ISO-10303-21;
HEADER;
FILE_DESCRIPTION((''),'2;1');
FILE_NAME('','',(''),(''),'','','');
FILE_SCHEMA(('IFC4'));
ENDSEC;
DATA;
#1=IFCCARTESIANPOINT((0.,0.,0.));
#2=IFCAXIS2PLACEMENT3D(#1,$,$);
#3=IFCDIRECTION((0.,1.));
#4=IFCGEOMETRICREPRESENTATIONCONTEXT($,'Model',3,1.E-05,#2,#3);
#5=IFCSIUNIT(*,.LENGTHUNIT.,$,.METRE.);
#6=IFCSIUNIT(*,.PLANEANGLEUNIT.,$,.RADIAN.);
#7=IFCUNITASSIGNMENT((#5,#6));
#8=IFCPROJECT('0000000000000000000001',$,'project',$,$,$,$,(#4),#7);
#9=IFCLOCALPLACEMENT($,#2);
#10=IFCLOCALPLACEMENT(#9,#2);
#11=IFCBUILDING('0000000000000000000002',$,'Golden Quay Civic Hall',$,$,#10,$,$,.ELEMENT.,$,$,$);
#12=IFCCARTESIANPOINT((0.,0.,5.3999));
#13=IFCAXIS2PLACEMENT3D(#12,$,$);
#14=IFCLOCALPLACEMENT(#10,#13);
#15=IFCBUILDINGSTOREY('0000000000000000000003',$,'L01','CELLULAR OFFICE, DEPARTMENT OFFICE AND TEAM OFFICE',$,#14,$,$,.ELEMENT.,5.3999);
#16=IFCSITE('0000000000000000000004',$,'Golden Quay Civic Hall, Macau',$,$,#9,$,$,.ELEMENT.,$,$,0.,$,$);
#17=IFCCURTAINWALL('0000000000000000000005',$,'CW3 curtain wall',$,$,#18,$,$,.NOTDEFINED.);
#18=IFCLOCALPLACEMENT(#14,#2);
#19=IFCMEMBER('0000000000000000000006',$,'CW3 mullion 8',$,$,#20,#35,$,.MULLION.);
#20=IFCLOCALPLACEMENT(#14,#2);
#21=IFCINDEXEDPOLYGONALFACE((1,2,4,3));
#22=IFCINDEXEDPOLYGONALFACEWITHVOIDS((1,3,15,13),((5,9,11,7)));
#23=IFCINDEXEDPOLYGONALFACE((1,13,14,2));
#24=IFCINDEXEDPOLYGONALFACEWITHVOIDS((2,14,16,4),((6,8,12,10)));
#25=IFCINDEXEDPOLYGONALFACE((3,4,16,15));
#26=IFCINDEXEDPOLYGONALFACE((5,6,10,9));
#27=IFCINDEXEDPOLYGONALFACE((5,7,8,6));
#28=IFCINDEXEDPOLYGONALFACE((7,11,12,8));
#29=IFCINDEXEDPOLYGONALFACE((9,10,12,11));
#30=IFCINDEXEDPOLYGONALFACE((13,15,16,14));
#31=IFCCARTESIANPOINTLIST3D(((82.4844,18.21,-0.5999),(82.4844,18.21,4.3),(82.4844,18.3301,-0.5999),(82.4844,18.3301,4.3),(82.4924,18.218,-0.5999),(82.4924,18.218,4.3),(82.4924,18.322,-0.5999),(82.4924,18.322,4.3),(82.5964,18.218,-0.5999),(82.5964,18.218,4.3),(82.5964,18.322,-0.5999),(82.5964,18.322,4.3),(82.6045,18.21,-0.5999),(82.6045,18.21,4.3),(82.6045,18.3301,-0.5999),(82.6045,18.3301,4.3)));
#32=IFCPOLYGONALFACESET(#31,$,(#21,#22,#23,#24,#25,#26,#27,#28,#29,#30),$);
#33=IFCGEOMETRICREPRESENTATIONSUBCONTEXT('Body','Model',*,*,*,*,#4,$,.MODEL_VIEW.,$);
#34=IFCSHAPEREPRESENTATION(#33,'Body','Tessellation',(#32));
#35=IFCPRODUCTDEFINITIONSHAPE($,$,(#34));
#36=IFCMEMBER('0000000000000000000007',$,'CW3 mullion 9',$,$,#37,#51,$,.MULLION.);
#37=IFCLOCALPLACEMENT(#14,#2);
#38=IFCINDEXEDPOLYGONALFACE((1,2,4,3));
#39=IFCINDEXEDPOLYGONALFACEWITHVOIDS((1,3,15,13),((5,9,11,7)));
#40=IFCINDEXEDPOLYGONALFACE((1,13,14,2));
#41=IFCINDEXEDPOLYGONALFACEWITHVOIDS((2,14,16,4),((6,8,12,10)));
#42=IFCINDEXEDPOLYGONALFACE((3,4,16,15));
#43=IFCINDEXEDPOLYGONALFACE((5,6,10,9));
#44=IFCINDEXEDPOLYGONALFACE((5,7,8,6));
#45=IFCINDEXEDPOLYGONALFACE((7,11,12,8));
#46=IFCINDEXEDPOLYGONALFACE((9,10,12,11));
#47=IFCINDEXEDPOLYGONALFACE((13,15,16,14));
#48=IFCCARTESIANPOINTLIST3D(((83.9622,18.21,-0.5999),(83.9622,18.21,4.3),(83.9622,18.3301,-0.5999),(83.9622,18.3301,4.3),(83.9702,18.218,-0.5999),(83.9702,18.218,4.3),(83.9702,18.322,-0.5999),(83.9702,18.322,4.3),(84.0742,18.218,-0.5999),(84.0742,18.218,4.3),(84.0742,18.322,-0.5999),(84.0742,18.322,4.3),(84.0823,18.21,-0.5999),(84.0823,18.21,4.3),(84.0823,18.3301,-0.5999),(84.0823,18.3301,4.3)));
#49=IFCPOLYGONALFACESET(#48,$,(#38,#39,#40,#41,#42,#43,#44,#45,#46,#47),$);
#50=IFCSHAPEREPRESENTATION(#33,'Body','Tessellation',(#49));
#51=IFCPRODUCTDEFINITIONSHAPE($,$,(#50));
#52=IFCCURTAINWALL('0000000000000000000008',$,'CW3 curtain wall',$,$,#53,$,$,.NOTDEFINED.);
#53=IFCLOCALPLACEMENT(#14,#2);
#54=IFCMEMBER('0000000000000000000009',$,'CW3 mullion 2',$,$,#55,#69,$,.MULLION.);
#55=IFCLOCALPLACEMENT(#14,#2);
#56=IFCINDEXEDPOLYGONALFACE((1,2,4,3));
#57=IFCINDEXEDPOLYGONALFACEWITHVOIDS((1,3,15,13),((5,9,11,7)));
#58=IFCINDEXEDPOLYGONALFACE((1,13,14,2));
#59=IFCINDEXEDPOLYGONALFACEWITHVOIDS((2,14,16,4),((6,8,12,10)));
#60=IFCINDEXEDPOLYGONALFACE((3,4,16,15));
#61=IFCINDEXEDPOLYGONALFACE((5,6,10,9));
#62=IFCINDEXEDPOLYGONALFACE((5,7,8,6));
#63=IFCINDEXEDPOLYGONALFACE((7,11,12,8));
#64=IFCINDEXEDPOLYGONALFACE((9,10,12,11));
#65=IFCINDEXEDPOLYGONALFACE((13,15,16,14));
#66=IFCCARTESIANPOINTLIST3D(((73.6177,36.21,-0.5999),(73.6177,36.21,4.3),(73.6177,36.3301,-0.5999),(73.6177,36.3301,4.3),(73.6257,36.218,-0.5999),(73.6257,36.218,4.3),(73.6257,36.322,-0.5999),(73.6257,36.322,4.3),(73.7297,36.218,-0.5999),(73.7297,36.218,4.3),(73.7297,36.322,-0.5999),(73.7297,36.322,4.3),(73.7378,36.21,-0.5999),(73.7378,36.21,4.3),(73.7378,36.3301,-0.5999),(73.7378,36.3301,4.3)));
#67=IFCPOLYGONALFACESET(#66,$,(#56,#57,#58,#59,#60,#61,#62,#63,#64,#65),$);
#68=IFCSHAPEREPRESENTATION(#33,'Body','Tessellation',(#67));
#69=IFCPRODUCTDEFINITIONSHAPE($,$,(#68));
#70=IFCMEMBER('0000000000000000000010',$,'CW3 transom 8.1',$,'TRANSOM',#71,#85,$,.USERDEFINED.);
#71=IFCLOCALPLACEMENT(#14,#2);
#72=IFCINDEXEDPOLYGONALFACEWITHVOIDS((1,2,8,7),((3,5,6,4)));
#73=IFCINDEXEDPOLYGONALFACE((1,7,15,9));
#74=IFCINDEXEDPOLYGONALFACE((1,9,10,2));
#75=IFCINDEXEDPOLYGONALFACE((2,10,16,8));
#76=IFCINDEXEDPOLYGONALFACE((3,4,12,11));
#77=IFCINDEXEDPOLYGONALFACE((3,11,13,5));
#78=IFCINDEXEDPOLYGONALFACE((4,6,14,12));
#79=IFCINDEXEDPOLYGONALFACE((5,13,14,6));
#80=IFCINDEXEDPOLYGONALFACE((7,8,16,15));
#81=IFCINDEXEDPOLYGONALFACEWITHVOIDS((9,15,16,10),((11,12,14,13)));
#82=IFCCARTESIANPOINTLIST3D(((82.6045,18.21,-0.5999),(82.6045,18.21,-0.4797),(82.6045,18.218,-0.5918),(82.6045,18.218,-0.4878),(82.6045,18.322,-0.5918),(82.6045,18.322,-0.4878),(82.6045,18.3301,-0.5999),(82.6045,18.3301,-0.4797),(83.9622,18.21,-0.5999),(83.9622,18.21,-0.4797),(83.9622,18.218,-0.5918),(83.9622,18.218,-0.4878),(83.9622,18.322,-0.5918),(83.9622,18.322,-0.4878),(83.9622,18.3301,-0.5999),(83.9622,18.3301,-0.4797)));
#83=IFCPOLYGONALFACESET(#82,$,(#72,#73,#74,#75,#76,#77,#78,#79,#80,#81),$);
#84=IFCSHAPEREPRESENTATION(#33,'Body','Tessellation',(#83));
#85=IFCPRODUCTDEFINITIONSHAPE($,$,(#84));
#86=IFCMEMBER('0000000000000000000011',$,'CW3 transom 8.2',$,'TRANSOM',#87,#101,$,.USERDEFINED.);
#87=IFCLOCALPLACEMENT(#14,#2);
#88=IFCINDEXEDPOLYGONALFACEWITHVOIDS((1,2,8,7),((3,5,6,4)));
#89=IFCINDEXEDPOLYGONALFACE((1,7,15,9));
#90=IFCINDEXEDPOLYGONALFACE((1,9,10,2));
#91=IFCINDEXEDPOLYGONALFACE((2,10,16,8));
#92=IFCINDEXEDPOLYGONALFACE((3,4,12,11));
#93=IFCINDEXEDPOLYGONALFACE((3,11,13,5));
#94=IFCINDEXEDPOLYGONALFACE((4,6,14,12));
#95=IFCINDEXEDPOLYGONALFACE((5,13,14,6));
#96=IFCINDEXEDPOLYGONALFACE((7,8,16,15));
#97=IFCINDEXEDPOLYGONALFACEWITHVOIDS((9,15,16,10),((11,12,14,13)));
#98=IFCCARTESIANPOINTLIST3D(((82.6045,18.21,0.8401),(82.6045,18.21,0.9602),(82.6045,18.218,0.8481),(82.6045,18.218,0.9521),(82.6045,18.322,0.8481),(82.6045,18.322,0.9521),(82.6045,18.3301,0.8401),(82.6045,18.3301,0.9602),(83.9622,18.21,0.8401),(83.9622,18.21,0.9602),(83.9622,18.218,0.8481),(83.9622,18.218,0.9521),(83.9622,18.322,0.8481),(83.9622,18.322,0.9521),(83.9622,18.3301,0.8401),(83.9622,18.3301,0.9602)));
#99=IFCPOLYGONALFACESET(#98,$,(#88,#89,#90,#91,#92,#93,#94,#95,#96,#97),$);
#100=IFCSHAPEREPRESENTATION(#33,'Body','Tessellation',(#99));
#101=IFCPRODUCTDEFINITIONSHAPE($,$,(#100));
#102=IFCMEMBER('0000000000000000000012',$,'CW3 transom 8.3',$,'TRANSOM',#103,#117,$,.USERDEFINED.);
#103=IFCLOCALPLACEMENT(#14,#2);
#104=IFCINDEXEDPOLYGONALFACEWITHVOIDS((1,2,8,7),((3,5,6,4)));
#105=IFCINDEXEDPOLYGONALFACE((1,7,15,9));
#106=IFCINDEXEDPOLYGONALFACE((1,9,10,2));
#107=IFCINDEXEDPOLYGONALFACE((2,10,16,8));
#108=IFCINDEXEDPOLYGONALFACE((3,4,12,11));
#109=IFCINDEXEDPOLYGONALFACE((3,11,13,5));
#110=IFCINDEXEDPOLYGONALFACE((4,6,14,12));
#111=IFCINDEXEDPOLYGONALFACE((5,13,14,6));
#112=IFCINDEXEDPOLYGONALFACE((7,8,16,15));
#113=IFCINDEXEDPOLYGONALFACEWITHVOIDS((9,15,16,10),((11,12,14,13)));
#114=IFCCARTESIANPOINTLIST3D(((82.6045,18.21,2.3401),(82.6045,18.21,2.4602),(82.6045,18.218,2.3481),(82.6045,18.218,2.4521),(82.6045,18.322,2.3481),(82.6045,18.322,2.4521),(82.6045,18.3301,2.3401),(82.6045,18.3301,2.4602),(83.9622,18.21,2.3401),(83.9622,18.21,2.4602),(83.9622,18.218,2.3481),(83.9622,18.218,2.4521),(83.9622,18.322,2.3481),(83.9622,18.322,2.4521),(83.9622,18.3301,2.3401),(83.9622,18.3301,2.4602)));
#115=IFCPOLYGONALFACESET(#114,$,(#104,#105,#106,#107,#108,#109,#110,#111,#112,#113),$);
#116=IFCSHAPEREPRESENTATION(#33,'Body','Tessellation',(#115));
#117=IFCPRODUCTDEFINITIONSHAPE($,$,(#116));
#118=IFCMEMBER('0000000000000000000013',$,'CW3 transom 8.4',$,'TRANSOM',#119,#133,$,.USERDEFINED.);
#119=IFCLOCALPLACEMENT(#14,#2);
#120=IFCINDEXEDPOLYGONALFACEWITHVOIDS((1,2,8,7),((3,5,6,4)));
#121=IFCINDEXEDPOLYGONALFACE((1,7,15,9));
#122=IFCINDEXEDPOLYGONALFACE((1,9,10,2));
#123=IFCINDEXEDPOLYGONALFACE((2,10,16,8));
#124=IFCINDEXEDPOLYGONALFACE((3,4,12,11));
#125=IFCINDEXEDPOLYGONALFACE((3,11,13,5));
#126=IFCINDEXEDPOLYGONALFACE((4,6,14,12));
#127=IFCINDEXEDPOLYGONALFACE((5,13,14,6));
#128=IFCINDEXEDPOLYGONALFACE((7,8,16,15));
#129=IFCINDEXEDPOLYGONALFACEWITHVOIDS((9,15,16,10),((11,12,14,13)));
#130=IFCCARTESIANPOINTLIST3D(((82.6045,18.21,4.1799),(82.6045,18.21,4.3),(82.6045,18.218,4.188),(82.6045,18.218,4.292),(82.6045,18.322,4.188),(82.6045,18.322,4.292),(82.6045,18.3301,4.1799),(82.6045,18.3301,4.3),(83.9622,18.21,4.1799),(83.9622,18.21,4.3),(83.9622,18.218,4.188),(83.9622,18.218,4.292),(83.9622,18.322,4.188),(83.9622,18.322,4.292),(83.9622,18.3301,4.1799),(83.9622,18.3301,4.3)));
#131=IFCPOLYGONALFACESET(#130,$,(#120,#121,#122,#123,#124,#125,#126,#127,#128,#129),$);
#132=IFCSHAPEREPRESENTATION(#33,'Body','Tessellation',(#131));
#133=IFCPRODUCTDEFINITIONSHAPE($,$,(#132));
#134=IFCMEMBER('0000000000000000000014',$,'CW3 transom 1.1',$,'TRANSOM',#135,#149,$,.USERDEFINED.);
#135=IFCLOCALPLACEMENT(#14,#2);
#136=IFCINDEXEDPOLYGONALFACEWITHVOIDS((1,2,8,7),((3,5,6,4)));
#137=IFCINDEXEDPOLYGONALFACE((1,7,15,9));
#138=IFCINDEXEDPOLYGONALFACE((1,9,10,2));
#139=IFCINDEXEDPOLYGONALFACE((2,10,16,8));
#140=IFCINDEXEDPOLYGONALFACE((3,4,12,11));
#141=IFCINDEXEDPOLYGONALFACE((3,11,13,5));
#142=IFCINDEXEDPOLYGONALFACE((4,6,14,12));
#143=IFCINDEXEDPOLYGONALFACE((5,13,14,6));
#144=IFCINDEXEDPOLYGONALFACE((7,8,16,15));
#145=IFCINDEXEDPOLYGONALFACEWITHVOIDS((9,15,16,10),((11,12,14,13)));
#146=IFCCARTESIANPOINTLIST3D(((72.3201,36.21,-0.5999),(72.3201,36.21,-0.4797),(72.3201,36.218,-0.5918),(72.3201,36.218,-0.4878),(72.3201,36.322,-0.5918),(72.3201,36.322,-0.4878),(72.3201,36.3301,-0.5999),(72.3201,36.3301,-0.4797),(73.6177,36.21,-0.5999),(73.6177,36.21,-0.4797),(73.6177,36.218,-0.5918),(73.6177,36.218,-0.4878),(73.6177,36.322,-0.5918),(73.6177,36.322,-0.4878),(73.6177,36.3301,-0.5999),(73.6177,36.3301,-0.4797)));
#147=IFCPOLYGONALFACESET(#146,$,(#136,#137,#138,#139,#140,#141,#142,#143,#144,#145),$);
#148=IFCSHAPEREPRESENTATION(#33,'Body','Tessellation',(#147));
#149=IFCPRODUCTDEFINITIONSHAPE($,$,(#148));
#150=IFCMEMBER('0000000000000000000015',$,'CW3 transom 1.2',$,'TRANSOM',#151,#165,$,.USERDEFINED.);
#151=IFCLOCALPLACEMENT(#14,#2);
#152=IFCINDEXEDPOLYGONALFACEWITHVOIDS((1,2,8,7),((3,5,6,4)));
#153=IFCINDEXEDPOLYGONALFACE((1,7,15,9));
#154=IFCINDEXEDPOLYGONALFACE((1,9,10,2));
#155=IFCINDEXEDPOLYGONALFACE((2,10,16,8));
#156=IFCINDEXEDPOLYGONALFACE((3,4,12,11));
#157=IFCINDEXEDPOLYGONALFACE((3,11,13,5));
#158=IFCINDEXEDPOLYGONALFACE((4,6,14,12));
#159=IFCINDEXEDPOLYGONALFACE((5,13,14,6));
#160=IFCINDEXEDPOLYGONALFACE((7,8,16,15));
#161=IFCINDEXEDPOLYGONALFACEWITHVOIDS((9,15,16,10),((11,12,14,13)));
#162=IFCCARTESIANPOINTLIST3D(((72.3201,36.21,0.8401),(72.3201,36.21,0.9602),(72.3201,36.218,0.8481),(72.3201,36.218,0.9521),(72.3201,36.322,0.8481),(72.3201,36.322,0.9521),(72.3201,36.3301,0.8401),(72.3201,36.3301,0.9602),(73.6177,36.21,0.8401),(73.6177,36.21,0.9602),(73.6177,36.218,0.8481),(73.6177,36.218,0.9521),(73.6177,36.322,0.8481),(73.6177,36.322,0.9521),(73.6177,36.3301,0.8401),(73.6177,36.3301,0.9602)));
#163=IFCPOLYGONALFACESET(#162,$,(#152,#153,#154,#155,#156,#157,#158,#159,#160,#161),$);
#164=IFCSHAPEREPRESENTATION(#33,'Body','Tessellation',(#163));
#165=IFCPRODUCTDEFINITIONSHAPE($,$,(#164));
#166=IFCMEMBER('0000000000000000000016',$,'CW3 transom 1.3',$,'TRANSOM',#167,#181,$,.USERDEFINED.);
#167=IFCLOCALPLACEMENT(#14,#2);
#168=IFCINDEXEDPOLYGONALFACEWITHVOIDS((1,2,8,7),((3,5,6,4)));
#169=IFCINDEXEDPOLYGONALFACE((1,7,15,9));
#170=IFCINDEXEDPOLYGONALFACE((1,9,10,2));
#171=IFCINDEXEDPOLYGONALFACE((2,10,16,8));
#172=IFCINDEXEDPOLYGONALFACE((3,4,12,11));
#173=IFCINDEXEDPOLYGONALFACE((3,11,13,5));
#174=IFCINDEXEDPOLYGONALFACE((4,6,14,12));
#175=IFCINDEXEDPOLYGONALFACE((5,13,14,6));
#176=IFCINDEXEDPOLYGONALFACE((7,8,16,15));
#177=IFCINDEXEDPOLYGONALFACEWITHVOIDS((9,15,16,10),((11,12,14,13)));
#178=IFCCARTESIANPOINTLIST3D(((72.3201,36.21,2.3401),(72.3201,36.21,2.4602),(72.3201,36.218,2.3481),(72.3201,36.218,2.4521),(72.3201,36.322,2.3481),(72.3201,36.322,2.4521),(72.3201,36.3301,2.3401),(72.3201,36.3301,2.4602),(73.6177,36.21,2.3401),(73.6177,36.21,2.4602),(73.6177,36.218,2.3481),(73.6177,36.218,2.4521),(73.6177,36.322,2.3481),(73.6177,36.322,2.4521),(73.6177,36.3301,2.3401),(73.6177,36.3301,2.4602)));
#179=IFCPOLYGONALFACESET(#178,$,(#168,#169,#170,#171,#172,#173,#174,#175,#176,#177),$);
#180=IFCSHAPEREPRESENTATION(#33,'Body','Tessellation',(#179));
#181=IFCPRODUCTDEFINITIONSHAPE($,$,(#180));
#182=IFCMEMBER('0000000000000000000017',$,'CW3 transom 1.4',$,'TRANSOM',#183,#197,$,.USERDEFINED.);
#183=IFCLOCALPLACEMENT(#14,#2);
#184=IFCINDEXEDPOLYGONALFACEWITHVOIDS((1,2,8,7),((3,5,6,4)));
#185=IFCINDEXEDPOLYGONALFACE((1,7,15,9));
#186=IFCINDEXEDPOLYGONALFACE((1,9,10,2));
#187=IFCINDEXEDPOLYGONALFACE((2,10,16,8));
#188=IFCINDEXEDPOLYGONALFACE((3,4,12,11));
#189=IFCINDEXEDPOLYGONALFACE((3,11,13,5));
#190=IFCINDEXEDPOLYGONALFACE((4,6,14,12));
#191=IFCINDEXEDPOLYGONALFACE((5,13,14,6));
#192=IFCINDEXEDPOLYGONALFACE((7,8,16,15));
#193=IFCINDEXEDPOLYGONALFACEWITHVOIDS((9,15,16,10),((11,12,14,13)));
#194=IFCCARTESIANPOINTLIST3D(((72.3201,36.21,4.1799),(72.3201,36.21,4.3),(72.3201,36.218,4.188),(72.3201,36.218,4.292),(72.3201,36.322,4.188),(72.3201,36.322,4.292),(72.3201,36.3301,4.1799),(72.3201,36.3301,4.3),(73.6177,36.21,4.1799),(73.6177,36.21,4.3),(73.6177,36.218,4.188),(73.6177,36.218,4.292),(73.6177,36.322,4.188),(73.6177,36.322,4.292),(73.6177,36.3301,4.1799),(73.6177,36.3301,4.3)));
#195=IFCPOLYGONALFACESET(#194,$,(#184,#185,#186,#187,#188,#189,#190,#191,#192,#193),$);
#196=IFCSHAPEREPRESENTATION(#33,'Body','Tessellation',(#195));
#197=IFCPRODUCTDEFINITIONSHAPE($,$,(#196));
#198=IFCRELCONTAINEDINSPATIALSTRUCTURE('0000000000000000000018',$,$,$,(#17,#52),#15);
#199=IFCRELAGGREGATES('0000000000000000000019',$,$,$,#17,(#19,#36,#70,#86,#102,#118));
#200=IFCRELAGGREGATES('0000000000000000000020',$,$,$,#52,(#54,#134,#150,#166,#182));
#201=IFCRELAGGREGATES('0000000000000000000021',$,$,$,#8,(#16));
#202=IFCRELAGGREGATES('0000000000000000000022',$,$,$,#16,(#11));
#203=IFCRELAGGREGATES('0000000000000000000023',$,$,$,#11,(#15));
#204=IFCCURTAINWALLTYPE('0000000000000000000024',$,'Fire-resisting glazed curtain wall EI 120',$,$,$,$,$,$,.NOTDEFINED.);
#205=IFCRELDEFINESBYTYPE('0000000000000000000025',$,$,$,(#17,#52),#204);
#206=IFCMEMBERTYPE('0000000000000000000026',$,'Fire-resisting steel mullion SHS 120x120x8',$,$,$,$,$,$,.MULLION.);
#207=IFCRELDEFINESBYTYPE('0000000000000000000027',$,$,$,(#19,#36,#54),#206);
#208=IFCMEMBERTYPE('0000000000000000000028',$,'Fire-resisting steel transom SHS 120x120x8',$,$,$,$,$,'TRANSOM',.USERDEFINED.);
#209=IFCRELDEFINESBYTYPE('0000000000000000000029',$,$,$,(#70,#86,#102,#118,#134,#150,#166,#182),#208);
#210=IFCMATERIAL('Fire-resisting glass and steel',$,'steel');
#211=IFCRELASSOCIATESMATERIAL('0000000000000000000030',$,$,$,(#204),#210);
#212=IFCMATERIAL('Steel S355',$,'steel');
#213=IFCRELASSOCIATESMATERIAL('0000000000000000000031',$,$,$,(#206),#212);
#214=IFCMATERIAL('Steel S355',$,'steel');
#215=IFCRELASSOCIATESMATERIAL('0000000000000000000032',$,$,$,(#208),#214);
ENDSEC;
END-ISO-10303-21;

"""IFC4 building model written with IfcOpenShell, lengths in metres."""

from ifc_helpers import new_model, si_unit, direction, frame, origin, origin_2d, place, context, subcontext, project, spatial, hollow_rectangle, extrude, material, material_profile, profile_set, type_object, element, aggregate, save


model = new_model("IFC4")

# Units and contexts
model_context = context("Model", 3, precision=1e-05, world=origin(), true_north=direction((0.0, 1.0)))
body_context = subcontext(model_context, "Body", "Model", "MODEL_VIEW")
ifc_project = project(units=[si_unit("LENGTHUNIT", "METRE"), si_unit("PLANEANGLEUNIT", "RADIAN")], contexts=[model_context])

# Site, building, storey
site_placement = place(None, origin())
site = spatial("IfcSite", under=ifc_project, at=site_placement, Name="Golden Quay Civic Hall, Macau", CompositionType="ELEMENT", RefElevation=0.0)
building_placement = place(site_placement, origin())
building = spatial("IfcBuilding", under=site, at=building_placement, Name="Golden Quay Civic Hall", CompositionType="ELEMENT")
storey_placement = place(building_placement, frame((0.0, 0.0, 5.3999)))
storey = spatial("IfcBuildingStorey", under=building, at=storey_placement, Name="L01", Description="CELLULAR OFFICE, DEPARTMENT OFFICE AND TEAM OFFICE", CompositionType="ELEMENT", Elevation=5.3999)

# Curtain wall, members
ifc_material_1 = material(Name="Fire-resisting glass and steel", Category="steel")
curtain_wall_type = type_object("IfcCurtainWallType", Name="Fire-resisting glazed curtain wall EI 120", PredefinedType="NOTDEFINED", material=ifc_material_1)
curtain_wall_1_placement = place(storey_placement, origin())
curtain_wall_1 = element("IfcCurtainWall", 1, at=curtain_wall_1_placement, inside=storey, type_object=curtain_wall_type, Name="CW3 curtain wall", PredefinedType="NOTDEFINED")
ifc_material_2 = material(Name="Steel S355", Category="steel")
ifc_material_profile_1 = material_profile(ifc_material_2, hollow_rectangle(XDim=0.1201, YDim=0.1201, WallThickness=0.0081, at=origin_2d()), Name="SHS 120x120x8")
ifc_profile_set_1 = profile_set([ifc_material_profile_1], Name="Steel S355")
member_type_1 = type_object("IfcMemberType", Name="Fire-resisting steel mullion SHS 120x120x8", PredefinedType="MULLION", material=ifc_profile_set_1)
member_1_placement = place(storey_placement, frame((82.5444, 18.27, -0.5999), z_axis=(0.0, 0.0, 1.0), x_axis=(0.0, 1.0, 0.0)))
member_1 = element("IfcMember", 2, at=member_1_placement, type_object=member_type_1, Name="CW3 mullion 8", PredefinedType="MULLION", context=body_context, shape_type="SweptSolid", body=[
    extrude(hollow_rectangle(XDim=0.1201, YDim=0.1201, WallThickness=0.0081, at=origin_2d()), origin(), (0.0, 0.0, 1.0), 4.8999),
])
member_2_placement = place(storey_placement, frame((84.0222, 18.27, -0.5999), z_axis=(0.0, 0.0, 1.0), x_axis=(0.0, 1.0, 0.0)))
member_2 = element("IfcMember", 3, at=member_2_placement, type_object=member_type_1, Name="CW3 mullion 9", PredefinedType="MULLION", context=body_context, shape_type="SweptSolid", body=[
    extrude(hollow_rectangle(XDim=0.1201, YDim=0.1201, WallThickness=0.0081, at=origin_2d()), origin(), (0.0, 0.0, 1.0), 4.8999),
])

# Curtain wall, member
curtain_wall_2_placement = place(storey_placement, origin())
curtain_wall_2 = element("IfcCurtainWall", 4, at=curtain_wall_2_placement, inside=storey, type_object=curtain_wall_type, Name="CW3 curtain wall", PredefinedType="NOTDEFINED")
member_3_placement = place(storey_placement, frame((73.6777, 36.27, -0.5999), z_axis=(0.0, 0.0, 1.0), x_axis=(0.0, 1.0, 0.0)))
member_3 = element("IfcMember", 5, at=member_3_placement, type_object=member_type_1, Name="CW3 mullion 2", PredefinedType="MULLION", context=body_context, shape_type="SweptSolid", body=[
    extrude(hollow_rectangle(XDim=0.1201, YDim=0.1201, WallThickness=0.0081, at=origin_2d()), origin(), (0.0, 0.0, 1.0), 4.8999),
])

# Members
ifc_material_3 = material(Name="Steel S355", Category="steel")
ifc_material_profile_2 = material_profile(ifc_material_3, hollow_rectangle(XDim=0.1201, YDim=0.1201, WallThickness=0.0081, at=origin_2d()), Name="SHS 120x120x8")
ifc_profile_set_2 = profile_set([ifc_material_profile_2], Name="Steel S355")
member_type_2 = type_object("IfcMemberType", Name="Fire-resisting steel transom SHS 120x120x8", ElementType="TRANSOM", PredefinedType="USERDEFINED", material=ifc_profile_set_2)
member_4_placement = place(storey_placement, frame((82.6045, 18.27, -0.5398), z_axis=(1.0, 0.0, 0.0), x_axis=(0.0, 1.0, 0.0)))
member_4 = element("IfcMember", 6, at=member_4_placement, type_object=member_type_2, Name="CW3 transom 8.1", ObjectType="TRANSOM", PredefinedType="USERDEFINED", context=body_context, shape_type="SweptSolid", body=[
    extrude(hollow_rectangle(XDim=0.1201, YDim=0.1201, WallThickness=0.0081, at=origin_2d()), origin(), (0.0, 0.0, 1.0), 1.3577),
])
member_5_placement = place(storey_placement, frame((82.6045, 18.27, 0.9001), z_axis=(1.0, 0.0, 0.0), x_axis=(0.0, 1.0, 0.0)))
member_5 = element("IfcMember", 7, at=member_5_placement, type_object=member_type_2, Name="CW3 transom 8.2", ObjectType="TRANSOM", PredefinedType="USERDEFINED", context=body_context, shape_type="SweptSolid", body=[
    extrude(hollow_rectangle(XDim=0.1201, YDim=0.1201, WallThickness=0.0081, at=origin_2d()), origin(), (0.0, 0.0, 1.0), 1.3577),
])
member_6_placement = place(storey_placement, frame((82.6045, 18.27, 2.4001), z_axis=(1.0, 0.0, 0.0), x_axis=(0.0, 1.0, 0.0)))
member_6 = element("IfcMember", 8, at=member_6_placement, type_object=member_type_2, Name="CW3 transom 8.3", ObjectType="TRANSOM", PredefinedType="USERDEFINED", context=body_context, shape_type="SweptSolid", body=[
    extrude(hollow_rectangle(XDim=0.1201, YDim=0.1201, WallThickness=0.0081, at=origin_2d()), origin(), (0.0, 0.0, 1.0), 1.3577),
])
member_7_placement = place(storey_placement, frame((82.6045, 18.27, 4.24), z_axis=(1.0, 0.0, 0.0), x_axis=(0.0, 1.0, 0.0)))
member_7 = element("IfcMember", 9, at=member_7_placement, type_object=member_type_2, Name="CW3 transom 8.4", ObjectType="TRANSOM", PredefinedType="USERDEFINED", context=body_context, shape_type="SweptSolid", body=[
    extrude(hollow_rectangle(XDim=0.1201, YDim=0.1201, WallThickness=0.0081, at=origin_2d()), origin(), (0.0, 0.0, 1.0), 1.3577),
])
member_8_placement = place(storey_placement, frame((72.3201, 36.27, -0.5398), z_axis=(1.0, 0.0, 0.0), x_axis=(0.0, 1.0, 0.0)))
member_8 = element("IfcMember", 10, at=member_8_placement, type_object=member_type_2, Name="CW3 transom 1.1", ObjectType="TRANSOM", PredefinedType="USERDEFINED", context=body_context, shape_type="SweptSolid", body=[
    extrude(hollow_rectangle(XDim=0.1201, YDim=0.1201, WallThickness=0.0081, at=origin_2d()), origin(), (0.0, 0.0, 1.0), 1.2976),
])
member_9_placement = place(storey_placement, frame((72.3201, 36.27, 0.9001), z_axis=(1.0, 0.0, 0.0), x_axis=(0.0, 1.0, 0.0)))
member_9 = element("IfcMember", 11, at=member_9_placement, type_object=member_type_2, Name="CW3 transom 1.2", ObjectType="TRANSOM", PredefinedType="USERDEFINED", context=body_context, shape_type="SweptSolid", body=[
    extrude(hollow_rectangle(XDim=0.1201, YDim=0.1201, WallThickness=0.0081, at=origin_2d()), origin(), (0.0, 0.0, 1.0), 1.2976),
])
member_10_placement = place(storey_placement, frame((72.3201, 36.27, 2.4001), z_axis=(1.0, 0.0, 0.0), x_axis=(0.0, 1.0, 0.0)))
member_10 = element("IfcMember", 12, at=member_10_placement, type_object=member_type_2, Name="CW3 transom 1.3", ObjectType="TRANSOM", PredefinedType="USERDEFINED", context=body_context, shape_type="SweptSolid", body=[
    extrude(hollow_rectangle(XDim=0.1201, YDim=0.1201, WallThickness=0.0081, at=origin_2d()), origin(), (0.0, 0.0, 1.0), 1.2976),
])
member_11_placement = place(storey_placement, frame((72.3201, 36.27, 4.24), z_axis=(1.0, 0.0, 0.0), x_axis=(0.0, 1.0, 0.0)))
member_11 = element("IfcMember", 13, at=member_11_placement, type_object=member_type_2, Name="CW3 transom 1.4", ObjectType="TRANSOM", PredefinedType="USERDEFINED", context=body_context, shape_type="SweptSolid", body=[
    extrude(hollow_rectangle(XDim=0.1201, YDim=0.1201, WallThickness=0.0081, at=origin_2d()), origin(), (0.0, 0.0, 1.0), 1.2976),
])

aggregate(curtain_wall_1, [member_1, member_2, member_4, member_5, member_6, member_7])
aggregate(curtain_wall_2, [member_3, member_8, member_9, member_10, member_11])

save(model, "model.ifc")
